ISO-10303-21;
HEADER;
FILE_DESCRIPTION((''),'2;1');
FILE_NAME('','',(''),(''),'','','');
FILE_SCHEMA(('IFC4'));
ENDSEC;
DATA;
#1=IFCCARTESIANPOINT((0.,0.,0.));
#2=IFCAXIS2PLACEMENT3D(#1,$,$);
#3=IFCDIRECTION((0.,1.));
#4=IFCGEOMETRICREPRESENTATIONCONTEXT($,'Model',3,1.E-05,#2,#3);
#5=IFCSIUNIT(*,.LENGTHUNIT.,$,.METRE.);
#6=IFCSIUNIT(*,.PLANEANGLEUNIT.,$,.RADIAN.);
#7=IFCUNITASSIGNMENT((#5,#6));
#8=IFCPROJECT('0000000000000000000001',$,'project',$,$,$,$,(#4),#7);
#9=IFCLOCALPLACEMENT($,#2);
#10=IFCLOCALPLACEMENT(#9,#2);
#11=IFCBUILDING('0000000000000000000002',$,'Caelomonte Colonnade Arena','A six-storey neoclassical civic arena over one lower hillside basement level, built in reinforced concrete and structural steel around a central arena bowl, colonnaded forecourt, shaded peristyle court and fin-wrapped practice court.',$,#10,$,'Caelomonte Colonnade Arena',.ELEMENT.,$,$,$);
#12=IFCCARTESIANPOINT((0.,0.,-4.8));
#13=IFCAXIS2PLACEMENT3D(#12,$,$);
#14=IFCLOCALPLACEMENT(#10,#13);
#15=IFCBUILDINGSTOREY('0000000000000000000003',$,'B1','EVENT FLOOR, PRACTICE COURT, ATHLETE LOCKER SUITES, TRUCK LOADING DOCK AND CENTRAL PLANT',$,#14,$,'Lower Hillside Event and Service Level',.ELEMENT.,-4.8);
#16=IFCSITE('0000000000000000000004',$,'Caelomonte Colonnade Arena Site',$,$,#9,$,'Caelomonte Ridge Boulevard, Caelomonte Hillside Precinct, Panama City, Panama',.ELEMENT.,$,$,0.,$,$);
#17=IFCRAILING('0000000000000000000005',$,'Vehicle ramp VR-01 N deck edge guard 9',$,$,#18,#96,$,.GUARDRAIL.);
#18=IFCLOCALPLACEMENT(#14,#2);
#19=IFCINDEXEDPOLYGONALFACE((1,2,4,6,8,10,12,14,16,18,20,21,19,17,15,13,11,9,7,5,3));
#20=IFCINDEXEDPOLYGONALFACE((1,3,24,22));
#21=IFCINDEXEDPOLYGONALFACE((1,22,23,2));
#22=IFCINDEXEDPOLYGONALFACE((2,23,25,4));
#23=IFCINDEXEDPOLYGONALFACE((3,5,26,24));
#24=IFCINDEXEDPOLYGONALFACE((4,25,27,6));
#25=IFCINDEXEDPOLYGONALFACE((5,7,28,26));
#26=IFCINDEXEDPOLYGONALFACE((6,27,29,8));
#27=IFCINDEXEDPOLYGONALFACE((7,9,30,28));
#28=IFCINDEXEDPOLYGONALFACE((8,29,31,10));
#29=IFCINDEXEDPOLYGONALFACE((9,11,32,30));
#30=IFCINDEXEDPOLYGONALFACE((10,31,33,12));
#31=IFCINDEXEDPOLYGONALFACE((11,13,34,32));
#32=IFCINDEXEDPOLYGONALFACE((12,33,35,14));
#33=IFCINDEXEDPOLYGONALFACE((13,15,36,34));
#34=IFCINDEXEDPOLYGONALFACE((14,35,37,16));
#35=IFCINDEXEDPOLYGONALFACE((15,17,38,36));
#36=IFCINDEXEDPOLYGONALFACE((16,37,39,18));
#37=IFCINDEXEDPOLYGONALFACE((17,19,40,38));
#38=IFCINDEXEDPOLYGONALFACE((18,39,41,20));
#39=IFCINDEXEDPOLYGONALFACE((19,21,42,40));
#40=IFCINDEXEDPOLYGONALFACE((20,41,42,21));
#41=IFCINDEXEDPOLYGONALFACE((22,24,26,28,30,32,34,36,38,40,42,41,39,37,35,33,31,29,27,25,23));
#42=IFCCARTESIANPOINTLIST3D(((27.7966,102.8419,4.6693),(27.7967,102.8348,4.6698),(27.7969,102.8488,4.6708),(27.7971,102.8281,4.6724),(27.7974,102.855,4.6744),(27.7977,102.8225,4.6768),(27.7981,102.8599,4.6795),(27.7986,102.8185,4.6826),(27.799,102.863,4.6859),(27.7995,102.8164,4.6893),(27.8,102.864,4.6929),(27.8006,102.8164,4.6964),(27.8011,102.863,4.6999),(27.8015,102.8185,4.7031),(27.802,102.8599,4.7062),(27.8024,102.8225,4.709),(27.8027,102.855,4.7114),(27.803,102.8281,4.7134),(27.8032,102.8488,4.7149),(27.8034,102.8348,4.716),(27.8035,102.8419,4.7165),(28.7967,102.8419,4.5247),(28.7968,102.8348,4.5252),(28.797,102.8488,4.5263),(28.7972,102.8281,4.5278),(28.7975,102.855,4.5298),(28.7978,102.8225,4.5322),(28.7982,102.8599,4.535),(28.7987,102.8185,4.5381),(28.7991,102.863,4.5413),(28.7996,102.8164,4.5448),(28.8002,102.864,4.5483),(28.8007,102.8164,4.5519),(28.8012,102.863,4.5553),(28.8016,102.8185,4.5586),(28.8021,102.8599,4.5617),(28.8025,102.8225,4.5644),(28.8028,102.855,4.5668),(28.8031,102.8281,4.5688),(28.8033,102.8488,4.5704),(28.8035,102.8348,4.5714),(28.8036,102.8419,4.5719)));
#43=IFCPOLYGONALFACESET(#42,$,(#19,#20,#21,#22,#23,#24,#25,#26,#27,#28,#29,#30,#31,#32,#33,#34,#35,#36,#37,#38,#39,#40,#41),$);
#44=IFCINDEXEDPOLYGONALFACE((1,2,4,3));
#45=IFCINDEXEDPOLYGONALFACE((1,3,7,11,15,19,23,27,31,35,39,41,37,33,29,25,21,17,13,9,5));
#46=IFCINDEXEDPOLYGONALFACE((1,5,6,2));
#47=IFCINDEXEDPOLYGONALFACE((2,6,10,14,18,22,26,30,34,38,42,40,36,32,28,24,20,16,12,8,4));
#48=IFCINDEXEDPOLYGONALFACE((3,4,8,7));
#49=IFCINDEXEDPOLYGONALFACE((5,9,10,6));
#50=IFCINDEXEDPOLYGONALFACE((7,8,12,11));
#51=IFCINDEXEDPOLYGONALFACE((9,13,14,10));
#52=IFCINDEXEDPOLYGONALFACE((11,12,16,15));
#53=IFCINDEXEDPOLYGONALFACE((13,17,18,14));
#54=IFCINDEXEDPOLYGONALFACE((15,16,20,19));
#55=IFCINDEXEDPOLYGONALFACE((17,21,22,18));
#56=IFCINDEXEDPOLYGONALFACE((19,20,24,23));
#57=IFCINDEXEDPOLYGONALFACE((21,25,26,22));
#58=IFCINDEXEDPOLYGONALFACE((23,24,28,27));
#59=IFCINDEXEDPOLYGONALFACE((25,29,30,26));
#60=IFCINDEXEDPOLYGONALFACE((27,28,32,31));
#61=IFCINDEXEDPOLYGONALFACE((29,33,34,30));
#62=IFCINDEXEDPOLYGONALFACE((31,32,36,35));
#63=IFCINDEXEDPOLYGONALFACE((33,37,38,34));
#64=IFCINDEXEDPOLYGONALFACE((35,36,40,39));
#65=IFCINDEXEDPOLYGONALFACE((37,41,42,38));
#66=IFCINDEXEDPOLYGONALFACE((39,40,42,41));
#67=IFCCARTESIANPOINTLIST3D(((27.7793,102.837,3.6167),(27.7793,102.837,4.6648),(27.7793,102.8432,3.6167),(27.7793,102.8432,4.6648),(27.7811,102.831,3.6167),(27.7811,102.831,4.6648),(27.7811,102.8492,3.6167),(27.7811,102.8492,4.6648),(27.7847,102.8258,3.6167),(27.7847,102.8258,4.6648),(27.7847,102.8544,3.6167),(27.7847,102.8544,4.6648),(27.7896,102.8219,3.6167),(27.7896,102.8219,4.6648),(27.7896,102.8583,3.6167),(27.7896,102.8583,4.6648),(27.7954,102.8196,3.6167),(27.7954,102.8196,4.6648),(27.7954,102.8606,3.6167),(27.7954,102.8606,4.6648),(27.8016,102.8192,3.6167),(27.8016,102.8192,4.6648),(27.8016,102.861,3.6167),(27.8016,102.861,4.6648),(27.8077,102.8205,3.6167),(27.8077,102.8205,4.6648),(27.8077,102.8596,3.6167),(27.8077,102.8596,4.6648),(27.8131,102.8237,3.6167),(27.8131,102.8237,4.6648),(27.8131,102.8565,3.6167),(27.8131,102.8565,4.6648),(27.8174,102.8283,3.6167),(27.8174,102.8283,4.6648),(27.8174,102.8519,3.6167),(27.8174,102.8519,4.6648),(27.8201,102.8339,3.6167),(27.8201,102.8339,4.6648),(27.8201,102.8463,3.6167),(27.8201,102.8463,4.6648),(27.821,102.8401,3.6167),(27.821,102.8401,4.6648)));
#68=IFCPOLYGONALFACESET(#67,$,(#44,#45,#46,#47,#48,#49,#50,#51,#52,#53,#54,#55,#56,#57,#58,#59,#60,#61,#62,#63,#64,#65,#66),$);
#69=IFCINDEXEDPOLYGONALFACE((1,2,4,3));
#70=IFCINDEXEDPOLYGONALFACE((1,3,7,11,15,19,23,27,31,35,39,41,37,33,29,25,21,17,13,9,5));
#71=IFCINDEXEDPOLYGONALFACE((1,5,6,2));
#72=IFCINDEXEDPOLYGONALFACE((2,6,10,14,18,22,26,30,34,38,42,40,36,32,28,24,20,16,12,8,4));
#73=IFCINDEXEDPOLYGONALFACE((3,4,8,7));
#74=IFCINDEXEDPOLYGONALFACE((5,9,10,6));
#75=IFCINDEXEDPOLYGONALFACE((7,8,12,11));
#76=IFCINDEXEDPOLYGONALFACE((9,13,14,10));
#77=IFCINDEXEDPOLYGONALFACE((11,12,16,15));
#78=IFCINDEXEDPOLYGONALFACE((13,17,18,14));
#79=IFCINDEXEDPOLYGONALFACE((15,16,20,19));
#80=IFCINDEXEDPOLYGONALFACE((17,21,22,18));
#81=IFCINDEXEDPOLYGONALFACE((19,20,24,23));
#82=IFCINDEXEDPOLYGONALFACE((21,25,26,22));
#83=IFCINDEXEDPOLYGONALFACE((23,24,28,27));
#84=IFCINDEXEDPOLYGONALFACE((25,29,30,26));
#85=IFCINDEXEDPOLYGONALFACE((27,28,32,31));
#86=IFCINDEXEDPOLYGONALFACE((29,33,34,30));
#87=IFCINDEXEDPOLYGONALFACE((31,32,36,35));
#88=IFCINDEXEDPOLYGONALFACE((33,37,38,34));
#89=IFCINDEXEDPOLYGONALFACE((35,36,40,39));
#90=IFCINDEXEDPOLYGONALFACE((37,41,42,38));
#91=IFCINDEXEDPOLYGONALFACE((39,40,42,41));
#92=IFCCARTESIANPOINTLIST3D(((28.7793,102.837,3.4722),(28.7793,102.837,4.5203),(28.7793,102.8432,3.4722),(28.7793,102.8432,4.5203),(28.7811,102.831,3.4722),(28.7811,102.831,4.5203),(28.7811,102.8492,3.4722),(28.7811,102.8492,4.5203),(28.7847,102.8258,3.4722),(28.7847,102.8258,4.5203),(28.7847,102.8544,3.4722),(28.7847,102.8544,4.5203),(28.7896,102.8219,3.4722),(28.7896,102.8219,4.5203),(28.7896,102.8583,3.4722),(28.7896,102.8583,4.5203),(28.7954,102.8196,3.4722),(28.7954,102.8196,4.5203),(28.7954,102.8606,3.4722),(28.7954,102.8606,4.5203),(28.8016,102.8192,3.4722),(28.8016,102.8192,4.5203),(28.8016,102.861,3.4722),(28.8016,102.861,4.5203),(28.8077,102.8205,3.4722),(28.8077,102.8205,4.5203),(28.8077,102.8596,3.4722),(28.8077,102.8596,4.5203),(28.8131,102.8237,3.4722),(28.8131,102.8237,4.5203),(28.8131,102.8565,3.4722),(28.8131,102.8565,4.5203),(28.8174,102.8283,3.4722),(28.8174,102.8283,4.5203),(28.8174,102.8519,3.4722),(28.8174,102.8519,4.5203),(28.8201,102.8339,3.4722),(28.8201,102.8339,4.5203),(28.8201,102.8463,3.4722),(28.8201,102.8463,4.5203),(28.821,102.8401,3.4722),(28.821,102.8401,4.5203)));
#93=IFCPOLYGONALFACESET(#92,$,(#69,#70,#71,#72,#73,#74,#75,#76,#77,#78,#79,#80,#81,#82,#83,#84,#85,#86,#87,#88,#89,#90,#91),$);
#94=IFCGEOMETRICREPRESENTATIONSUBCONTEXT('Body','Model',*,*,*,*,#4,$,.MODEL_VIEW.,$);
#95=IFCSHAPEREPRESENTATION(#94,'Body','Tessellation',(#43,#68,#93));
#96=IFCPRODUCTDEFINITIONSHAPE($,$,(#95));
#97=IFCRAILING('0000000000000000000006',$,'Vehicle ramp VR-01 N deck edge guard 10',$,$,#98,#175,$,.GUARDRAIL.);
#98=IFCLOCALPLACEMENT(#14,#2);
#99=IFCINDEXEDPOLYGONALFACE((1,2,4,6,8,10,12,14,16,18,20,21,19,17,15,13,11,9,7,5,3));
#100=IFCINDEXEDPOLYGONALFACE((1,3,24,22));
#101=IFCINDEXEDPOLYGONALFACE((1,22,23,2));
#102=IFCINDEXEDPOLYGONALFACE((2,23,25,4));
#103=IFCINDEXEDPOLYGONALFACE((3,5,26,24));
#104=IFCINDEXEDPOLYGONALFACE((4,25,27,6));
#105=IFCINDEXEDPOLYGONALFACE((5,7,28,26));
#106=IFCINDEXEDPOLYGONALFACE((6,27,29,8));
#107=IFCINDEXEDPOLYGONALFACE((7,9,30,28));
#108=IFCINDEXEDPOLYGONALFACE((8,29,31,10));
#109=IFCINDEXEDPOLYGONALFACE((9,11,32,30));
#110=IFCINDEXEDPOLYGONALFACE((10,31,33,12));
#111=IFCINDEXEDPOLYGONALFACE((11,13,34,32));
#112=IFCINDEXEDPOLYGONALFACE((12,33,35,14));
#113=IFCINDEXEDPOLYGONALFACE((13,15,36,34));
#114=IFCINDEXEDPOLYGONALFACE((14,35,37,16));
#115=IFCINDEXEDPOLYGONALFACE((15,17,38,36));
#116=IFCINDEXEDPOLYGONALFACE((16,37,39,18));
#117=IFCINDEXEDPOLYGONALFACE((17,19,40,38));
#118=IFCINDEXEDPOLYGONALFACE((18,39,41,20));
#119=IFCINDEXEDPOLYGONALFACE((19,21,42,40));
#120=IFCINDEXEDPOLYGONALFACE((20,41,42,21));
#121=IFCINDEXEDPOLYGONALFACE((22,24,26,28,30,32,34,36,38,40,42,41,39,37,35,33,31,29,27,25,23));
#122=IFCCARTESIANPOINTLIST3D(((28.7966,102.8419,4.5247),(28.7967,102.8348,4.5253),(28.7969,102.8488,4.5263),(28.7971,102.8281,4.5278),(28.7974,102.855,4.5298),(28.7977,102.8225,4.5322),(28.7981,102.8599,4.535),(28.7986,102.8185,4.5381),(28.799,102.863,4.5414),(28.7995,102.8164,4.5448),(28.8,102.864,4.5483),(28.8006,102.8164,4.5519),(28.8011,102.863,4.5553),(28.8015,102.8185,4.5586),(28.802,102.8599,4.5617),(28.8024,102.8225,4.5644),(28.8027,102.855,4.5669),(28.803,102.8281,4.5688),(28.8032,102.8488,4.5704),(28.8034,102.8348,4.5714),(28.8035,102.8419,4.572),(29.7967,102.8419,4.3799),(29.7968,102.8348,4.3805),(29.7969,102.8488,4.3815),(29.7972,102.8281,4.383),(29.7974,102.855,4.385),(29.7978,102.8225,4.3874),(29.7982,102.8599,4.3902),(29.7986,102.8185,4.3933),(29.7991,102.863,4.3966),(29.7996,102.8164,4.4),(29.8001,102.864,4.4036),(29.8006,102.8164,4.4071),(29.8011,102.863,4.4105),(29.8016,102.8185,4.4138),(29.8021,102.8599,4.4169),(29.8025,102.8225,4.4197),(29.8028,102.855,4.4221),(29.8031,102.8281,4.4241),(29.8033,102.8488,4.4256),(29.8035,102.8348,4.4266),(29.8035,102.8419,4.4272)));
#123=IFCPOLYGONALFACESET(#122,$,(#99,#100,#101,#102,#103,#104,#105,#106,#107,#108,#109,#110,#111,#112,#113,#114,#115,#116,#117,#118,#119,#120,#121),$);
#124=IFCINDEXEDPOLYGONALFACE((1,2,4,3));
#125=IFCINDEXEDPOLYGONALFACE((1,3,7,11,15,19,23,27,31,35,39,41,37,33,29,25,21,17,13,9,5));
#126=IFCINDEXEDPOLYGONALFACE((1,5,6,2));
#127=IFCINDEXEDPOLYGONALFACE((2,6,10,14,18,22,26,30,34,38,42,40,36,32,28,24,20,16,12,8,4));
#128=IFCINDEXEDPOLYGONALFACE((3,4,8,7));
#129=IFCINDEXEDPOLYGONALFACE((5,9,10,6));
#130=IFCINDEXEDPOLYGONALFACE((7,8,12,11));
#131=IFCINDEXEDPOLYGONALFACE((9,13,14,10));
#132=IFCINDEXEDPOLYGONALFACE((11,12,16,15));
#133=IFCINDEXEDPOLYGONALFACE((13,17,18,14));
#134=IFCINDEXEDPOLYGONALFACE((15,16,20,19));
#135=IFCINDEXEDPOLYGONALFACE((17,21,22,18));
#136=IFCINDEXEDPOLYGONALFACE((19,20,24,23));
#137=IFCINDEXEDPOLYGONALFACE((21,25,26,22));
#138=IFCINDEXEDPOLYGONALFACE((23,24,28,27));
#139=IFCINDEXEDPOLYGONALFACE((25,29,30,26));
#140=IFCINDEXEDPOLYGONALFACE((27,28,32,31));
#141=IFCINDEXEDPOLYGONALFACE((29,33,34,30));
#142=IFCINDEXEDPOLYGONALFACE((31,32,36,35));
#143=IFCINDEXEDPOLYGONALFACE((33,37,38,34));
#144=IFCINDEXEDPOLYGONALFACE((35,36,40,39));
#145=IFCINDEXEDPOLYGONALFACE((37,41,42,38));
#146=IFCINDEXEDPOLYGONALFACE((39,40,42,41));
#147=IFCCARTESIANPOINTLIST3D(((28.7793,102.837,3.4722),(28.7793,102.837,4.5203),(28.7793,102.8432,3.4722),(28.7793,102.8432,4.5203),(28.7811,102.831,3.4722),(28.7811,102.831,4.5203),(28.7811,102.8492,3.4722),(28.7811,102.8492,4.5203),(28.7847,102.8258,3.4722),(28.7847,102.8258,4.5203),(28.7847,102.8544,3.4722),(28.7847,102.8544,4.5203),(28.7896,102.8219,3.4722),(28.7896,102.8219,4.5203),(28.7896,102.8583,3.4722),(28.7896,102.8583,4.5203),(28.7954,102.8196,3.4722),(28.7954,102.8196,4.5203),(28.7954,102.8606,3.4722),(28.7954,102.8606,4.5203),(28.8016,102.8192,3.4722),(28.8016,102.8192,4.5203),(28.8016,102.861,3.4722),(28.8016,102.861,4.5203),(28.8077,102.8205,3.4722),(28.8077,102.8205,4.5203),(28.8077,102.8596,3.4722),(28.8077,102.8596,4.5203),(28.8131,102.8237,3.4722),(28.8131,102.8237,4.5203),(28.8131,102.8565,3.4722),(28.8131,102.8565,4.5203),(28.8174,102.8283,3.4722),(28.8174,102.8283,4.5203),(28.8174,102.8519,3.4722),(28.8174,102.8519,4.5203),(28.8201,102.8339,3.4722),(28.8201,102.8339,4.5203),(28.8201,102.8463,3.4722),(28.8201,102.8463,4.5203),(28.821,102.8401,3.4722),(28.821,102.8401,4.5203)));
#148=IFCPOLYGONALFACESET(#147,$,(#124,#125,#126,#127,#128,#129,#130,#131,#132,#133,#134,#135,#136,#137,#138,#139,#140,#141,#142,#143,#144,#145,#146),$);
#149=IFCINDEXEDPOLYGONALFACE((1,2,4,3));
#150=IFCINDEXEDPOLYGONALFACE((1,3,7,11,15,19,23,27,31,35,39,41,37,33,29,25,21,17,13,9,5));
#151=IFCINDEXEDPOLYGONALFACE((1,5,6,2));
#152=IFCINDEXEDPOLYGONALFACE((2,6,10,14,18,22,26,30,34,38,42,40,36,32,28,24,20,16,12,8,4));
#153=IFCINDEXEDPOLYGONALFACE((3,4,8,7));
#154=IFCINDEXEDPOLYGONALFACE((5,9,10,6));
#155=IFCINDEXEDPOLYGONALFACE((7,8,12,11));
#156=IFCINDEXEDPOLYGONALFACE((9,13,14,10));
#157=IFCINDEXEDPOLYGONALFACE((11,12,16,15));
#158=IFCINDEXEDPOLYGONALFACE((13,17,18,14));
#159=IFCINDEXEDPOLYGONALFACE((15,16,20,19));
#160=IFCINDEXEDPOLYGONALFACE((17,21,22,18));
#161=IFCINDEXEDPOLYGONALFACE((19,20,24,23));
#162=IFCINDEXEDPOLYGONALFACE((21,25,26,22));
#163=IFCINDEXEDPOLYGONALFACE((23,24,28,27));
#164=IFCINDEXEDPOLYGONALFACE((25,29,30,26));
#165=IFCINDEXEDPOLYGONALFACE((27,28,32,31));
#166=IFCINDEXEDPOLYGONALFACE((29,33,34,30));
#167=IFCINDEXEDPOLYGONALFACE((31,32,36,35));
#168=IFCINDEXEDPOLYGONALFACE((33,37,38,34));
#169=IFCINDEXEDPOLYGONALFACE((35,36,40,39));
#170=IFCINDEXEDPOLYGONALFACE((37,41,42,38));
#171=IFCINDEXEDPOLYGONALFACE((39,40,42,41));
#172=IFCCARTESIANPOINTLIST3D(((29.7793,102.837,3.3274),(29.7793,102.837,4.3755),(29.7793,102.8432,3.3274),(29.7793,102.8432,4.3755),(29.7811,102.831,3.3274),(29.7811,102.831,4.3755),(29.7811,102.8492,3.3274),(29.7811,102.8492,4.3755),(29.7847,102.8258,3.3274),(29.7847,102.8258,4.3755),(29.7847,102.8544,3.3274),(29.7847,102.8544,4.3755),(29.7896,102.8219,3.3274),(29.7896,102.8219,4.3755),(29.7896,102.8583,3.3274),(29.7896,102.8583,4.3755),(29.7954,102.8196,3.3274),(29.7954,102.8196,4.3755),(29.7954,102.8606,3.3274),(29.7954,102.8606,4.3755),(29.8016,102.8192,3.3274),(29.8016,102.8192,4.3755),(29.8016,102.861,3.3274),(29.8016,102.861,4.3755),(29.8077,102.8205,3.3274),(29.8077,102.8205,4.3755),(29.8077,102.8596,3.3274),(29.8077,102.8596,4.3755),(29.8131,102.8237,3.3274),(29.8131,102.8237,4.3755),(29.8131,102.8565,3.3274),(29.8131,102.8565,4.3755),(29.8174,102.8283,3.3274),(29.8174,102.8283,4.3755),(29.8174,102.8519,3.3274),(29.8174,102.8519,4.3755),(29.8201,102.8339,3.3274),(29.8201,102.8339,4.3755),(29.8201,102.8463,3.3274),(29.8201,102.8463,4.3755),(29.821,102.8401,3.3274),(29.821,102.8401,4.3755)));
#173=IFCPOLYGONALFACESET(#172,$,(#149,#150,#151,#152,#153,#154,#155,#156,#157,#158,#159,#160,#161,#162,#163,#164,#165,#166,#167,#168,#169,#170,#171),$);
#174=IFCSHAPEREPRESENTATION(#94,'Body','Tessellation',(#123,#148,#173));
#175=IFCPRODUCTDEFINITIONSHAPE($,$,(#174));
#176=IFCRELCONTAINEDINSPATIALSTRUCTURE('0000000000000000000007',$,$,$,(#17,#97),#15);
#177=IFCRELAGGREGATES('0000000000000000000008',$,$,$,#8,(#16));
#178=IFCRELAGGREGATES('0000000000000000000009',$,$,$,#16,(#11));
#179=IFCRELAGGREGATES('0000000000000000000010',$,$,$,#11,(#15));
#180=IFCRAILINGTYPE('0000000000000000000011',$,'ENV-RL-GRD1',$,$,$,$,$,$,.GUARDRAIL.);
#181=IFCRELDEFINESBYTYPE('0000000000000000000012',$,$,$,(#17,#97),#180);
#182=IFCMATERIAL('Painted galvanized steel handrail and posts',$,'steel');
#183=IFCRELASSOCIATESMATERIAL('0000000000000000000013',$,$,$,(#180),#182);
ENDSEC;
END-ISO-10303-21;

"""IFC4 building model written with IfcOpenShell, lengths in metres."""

from ifc_helpers import new_model, si_unit, direction, frame, origin, origin_2d, place, context, subcontext, project, spatial, circle, extrude, material, type_object, element, save


model = new_model("IFC4")

# Units and contexts
model_context = context("Model", 3, precision=1e-05, world=origin(), true_north=direction((0.0, 1.0)))
body_context = subcontext(model_context, "Body", "Model", "MODEL_VIEW")
ifc_project = project(units=[si_unit("LENGTHUNIT", "METRE"), si_unit("PLANEANGLEUNIT", "RADIAN")], contexts=[model_context])

# Site, building, storey
site_placement = place(None, origin())
site = spatial("IfcSite", under=ifc_project, at=site_placement, Name="Caelomonte Colonnade Arena Site", LongName="Caelomonte Ridge Boulevard, Caelomonte Hillside Precinct, Panama City, Panama", CompositionType="ELEMENT", RefElevation=0.0)
building_placement = place(site_placement, origin())
building = spatial("IfcBuilding", under=site, at=building_placement, Name="Caelomonte Colonnade Arena", Description="A six-storey neoclassical civic arena over one lower hillside basement level, built in reinforced concrete and structural steel around a central arena bowl, colonnaded forecourt, shaded peristyle court and fin-wrapped practice court.", LongName="Caelomonte Colonnade Arena", CompositionType="ELEMENT")
storey_placement = place(building_placement, frame((0.0, 0.0, -4.8)))
storey = spatial("IfcBuildingStorey", under=building, at=storey_placement, Name="B1", Description="EVENT FLOOR, PRACTICE COURT, ATHLETE LOCKER SUITES, TRUCK LOADING DOCK AND CENTRAL PLANT", LongName="Lower Hillside Event and Service Level", CompositionType="ELEMENT", Elevation=-4.8)

# Railings
ifc_material_1 = material(Name="Painted galvanized steel handrail and posts", Category="steel")
railing_type = type_object("IfcRailingType", Name="ENV-RL-GRD1", PredefinedType="GUARDRAIL", material=ifc_material_1)
for number, where, name in (
    (1, (27.8, 102.8401, 3.6167), "Vehicle ramp VR-01 N deck edge guard 9"),
):
    element("IfcRailing", number, at=place(storey_placement, frame(where)), inside=storey, type_object=railing_type, Name=name, PredefinedType="GUARDRAIL", context=body_context, shape_type="SweptSolid", body=[
        extrude(circle(Radius=0.0239, at=origin_2d()), frame((0.0, 0.0, 1.0762), z_axis=(0.989716, 0.0, -0.143045), x_axis=(0.0, 1.0, 0.0)), (0.0, 0.0, 1.0), 1.0105),
        extrude(circle(Radius=0.021, at=origin_2d()), origin(), (0.0, 0.0, 1.0), 1.0481),
        extrude(circle(Radius=0.021, at=origin_2d()), frame((1.0, 0.0, -0.1445)), (0.0, 0.0, 1.0), 1.0481),
    ])
for number, where, name in (
    (2, (28.8, 102.8401, 3.4722), "Vehicle ramp VR-01 N deck edge guard 10"),
):
    element("IfcRailing", number, at=place(storey_placement, frame(where)), inside=storey, type_object=railing_type, Name=name, PredefinedType="GUARDRAIL", context=body_context, shape_type="SweptSolid", body=[
        extrude(circle(Radius=0.0239, at=origin_2d()), frame((0.0, 0.0, 1.0762), z_axis=(0.989682, 0.0, -0.143282), x_axis=(0.0, 1.0, 0.0)), (0.0, 0.0, 1.0), 1.0105),
        extrude(circle(Radius=0.021, at=origin_2d()), origin(), (0.0, 0.0, 1.0), 1.0481),
        extrude(circle(Radius=0.021, at=origin_2d()), frame((1.0, 0.0, -0.1448)), (0.0, 0.0, 1.0), 1.0481),
    ])

save(model, "model.ifc")
